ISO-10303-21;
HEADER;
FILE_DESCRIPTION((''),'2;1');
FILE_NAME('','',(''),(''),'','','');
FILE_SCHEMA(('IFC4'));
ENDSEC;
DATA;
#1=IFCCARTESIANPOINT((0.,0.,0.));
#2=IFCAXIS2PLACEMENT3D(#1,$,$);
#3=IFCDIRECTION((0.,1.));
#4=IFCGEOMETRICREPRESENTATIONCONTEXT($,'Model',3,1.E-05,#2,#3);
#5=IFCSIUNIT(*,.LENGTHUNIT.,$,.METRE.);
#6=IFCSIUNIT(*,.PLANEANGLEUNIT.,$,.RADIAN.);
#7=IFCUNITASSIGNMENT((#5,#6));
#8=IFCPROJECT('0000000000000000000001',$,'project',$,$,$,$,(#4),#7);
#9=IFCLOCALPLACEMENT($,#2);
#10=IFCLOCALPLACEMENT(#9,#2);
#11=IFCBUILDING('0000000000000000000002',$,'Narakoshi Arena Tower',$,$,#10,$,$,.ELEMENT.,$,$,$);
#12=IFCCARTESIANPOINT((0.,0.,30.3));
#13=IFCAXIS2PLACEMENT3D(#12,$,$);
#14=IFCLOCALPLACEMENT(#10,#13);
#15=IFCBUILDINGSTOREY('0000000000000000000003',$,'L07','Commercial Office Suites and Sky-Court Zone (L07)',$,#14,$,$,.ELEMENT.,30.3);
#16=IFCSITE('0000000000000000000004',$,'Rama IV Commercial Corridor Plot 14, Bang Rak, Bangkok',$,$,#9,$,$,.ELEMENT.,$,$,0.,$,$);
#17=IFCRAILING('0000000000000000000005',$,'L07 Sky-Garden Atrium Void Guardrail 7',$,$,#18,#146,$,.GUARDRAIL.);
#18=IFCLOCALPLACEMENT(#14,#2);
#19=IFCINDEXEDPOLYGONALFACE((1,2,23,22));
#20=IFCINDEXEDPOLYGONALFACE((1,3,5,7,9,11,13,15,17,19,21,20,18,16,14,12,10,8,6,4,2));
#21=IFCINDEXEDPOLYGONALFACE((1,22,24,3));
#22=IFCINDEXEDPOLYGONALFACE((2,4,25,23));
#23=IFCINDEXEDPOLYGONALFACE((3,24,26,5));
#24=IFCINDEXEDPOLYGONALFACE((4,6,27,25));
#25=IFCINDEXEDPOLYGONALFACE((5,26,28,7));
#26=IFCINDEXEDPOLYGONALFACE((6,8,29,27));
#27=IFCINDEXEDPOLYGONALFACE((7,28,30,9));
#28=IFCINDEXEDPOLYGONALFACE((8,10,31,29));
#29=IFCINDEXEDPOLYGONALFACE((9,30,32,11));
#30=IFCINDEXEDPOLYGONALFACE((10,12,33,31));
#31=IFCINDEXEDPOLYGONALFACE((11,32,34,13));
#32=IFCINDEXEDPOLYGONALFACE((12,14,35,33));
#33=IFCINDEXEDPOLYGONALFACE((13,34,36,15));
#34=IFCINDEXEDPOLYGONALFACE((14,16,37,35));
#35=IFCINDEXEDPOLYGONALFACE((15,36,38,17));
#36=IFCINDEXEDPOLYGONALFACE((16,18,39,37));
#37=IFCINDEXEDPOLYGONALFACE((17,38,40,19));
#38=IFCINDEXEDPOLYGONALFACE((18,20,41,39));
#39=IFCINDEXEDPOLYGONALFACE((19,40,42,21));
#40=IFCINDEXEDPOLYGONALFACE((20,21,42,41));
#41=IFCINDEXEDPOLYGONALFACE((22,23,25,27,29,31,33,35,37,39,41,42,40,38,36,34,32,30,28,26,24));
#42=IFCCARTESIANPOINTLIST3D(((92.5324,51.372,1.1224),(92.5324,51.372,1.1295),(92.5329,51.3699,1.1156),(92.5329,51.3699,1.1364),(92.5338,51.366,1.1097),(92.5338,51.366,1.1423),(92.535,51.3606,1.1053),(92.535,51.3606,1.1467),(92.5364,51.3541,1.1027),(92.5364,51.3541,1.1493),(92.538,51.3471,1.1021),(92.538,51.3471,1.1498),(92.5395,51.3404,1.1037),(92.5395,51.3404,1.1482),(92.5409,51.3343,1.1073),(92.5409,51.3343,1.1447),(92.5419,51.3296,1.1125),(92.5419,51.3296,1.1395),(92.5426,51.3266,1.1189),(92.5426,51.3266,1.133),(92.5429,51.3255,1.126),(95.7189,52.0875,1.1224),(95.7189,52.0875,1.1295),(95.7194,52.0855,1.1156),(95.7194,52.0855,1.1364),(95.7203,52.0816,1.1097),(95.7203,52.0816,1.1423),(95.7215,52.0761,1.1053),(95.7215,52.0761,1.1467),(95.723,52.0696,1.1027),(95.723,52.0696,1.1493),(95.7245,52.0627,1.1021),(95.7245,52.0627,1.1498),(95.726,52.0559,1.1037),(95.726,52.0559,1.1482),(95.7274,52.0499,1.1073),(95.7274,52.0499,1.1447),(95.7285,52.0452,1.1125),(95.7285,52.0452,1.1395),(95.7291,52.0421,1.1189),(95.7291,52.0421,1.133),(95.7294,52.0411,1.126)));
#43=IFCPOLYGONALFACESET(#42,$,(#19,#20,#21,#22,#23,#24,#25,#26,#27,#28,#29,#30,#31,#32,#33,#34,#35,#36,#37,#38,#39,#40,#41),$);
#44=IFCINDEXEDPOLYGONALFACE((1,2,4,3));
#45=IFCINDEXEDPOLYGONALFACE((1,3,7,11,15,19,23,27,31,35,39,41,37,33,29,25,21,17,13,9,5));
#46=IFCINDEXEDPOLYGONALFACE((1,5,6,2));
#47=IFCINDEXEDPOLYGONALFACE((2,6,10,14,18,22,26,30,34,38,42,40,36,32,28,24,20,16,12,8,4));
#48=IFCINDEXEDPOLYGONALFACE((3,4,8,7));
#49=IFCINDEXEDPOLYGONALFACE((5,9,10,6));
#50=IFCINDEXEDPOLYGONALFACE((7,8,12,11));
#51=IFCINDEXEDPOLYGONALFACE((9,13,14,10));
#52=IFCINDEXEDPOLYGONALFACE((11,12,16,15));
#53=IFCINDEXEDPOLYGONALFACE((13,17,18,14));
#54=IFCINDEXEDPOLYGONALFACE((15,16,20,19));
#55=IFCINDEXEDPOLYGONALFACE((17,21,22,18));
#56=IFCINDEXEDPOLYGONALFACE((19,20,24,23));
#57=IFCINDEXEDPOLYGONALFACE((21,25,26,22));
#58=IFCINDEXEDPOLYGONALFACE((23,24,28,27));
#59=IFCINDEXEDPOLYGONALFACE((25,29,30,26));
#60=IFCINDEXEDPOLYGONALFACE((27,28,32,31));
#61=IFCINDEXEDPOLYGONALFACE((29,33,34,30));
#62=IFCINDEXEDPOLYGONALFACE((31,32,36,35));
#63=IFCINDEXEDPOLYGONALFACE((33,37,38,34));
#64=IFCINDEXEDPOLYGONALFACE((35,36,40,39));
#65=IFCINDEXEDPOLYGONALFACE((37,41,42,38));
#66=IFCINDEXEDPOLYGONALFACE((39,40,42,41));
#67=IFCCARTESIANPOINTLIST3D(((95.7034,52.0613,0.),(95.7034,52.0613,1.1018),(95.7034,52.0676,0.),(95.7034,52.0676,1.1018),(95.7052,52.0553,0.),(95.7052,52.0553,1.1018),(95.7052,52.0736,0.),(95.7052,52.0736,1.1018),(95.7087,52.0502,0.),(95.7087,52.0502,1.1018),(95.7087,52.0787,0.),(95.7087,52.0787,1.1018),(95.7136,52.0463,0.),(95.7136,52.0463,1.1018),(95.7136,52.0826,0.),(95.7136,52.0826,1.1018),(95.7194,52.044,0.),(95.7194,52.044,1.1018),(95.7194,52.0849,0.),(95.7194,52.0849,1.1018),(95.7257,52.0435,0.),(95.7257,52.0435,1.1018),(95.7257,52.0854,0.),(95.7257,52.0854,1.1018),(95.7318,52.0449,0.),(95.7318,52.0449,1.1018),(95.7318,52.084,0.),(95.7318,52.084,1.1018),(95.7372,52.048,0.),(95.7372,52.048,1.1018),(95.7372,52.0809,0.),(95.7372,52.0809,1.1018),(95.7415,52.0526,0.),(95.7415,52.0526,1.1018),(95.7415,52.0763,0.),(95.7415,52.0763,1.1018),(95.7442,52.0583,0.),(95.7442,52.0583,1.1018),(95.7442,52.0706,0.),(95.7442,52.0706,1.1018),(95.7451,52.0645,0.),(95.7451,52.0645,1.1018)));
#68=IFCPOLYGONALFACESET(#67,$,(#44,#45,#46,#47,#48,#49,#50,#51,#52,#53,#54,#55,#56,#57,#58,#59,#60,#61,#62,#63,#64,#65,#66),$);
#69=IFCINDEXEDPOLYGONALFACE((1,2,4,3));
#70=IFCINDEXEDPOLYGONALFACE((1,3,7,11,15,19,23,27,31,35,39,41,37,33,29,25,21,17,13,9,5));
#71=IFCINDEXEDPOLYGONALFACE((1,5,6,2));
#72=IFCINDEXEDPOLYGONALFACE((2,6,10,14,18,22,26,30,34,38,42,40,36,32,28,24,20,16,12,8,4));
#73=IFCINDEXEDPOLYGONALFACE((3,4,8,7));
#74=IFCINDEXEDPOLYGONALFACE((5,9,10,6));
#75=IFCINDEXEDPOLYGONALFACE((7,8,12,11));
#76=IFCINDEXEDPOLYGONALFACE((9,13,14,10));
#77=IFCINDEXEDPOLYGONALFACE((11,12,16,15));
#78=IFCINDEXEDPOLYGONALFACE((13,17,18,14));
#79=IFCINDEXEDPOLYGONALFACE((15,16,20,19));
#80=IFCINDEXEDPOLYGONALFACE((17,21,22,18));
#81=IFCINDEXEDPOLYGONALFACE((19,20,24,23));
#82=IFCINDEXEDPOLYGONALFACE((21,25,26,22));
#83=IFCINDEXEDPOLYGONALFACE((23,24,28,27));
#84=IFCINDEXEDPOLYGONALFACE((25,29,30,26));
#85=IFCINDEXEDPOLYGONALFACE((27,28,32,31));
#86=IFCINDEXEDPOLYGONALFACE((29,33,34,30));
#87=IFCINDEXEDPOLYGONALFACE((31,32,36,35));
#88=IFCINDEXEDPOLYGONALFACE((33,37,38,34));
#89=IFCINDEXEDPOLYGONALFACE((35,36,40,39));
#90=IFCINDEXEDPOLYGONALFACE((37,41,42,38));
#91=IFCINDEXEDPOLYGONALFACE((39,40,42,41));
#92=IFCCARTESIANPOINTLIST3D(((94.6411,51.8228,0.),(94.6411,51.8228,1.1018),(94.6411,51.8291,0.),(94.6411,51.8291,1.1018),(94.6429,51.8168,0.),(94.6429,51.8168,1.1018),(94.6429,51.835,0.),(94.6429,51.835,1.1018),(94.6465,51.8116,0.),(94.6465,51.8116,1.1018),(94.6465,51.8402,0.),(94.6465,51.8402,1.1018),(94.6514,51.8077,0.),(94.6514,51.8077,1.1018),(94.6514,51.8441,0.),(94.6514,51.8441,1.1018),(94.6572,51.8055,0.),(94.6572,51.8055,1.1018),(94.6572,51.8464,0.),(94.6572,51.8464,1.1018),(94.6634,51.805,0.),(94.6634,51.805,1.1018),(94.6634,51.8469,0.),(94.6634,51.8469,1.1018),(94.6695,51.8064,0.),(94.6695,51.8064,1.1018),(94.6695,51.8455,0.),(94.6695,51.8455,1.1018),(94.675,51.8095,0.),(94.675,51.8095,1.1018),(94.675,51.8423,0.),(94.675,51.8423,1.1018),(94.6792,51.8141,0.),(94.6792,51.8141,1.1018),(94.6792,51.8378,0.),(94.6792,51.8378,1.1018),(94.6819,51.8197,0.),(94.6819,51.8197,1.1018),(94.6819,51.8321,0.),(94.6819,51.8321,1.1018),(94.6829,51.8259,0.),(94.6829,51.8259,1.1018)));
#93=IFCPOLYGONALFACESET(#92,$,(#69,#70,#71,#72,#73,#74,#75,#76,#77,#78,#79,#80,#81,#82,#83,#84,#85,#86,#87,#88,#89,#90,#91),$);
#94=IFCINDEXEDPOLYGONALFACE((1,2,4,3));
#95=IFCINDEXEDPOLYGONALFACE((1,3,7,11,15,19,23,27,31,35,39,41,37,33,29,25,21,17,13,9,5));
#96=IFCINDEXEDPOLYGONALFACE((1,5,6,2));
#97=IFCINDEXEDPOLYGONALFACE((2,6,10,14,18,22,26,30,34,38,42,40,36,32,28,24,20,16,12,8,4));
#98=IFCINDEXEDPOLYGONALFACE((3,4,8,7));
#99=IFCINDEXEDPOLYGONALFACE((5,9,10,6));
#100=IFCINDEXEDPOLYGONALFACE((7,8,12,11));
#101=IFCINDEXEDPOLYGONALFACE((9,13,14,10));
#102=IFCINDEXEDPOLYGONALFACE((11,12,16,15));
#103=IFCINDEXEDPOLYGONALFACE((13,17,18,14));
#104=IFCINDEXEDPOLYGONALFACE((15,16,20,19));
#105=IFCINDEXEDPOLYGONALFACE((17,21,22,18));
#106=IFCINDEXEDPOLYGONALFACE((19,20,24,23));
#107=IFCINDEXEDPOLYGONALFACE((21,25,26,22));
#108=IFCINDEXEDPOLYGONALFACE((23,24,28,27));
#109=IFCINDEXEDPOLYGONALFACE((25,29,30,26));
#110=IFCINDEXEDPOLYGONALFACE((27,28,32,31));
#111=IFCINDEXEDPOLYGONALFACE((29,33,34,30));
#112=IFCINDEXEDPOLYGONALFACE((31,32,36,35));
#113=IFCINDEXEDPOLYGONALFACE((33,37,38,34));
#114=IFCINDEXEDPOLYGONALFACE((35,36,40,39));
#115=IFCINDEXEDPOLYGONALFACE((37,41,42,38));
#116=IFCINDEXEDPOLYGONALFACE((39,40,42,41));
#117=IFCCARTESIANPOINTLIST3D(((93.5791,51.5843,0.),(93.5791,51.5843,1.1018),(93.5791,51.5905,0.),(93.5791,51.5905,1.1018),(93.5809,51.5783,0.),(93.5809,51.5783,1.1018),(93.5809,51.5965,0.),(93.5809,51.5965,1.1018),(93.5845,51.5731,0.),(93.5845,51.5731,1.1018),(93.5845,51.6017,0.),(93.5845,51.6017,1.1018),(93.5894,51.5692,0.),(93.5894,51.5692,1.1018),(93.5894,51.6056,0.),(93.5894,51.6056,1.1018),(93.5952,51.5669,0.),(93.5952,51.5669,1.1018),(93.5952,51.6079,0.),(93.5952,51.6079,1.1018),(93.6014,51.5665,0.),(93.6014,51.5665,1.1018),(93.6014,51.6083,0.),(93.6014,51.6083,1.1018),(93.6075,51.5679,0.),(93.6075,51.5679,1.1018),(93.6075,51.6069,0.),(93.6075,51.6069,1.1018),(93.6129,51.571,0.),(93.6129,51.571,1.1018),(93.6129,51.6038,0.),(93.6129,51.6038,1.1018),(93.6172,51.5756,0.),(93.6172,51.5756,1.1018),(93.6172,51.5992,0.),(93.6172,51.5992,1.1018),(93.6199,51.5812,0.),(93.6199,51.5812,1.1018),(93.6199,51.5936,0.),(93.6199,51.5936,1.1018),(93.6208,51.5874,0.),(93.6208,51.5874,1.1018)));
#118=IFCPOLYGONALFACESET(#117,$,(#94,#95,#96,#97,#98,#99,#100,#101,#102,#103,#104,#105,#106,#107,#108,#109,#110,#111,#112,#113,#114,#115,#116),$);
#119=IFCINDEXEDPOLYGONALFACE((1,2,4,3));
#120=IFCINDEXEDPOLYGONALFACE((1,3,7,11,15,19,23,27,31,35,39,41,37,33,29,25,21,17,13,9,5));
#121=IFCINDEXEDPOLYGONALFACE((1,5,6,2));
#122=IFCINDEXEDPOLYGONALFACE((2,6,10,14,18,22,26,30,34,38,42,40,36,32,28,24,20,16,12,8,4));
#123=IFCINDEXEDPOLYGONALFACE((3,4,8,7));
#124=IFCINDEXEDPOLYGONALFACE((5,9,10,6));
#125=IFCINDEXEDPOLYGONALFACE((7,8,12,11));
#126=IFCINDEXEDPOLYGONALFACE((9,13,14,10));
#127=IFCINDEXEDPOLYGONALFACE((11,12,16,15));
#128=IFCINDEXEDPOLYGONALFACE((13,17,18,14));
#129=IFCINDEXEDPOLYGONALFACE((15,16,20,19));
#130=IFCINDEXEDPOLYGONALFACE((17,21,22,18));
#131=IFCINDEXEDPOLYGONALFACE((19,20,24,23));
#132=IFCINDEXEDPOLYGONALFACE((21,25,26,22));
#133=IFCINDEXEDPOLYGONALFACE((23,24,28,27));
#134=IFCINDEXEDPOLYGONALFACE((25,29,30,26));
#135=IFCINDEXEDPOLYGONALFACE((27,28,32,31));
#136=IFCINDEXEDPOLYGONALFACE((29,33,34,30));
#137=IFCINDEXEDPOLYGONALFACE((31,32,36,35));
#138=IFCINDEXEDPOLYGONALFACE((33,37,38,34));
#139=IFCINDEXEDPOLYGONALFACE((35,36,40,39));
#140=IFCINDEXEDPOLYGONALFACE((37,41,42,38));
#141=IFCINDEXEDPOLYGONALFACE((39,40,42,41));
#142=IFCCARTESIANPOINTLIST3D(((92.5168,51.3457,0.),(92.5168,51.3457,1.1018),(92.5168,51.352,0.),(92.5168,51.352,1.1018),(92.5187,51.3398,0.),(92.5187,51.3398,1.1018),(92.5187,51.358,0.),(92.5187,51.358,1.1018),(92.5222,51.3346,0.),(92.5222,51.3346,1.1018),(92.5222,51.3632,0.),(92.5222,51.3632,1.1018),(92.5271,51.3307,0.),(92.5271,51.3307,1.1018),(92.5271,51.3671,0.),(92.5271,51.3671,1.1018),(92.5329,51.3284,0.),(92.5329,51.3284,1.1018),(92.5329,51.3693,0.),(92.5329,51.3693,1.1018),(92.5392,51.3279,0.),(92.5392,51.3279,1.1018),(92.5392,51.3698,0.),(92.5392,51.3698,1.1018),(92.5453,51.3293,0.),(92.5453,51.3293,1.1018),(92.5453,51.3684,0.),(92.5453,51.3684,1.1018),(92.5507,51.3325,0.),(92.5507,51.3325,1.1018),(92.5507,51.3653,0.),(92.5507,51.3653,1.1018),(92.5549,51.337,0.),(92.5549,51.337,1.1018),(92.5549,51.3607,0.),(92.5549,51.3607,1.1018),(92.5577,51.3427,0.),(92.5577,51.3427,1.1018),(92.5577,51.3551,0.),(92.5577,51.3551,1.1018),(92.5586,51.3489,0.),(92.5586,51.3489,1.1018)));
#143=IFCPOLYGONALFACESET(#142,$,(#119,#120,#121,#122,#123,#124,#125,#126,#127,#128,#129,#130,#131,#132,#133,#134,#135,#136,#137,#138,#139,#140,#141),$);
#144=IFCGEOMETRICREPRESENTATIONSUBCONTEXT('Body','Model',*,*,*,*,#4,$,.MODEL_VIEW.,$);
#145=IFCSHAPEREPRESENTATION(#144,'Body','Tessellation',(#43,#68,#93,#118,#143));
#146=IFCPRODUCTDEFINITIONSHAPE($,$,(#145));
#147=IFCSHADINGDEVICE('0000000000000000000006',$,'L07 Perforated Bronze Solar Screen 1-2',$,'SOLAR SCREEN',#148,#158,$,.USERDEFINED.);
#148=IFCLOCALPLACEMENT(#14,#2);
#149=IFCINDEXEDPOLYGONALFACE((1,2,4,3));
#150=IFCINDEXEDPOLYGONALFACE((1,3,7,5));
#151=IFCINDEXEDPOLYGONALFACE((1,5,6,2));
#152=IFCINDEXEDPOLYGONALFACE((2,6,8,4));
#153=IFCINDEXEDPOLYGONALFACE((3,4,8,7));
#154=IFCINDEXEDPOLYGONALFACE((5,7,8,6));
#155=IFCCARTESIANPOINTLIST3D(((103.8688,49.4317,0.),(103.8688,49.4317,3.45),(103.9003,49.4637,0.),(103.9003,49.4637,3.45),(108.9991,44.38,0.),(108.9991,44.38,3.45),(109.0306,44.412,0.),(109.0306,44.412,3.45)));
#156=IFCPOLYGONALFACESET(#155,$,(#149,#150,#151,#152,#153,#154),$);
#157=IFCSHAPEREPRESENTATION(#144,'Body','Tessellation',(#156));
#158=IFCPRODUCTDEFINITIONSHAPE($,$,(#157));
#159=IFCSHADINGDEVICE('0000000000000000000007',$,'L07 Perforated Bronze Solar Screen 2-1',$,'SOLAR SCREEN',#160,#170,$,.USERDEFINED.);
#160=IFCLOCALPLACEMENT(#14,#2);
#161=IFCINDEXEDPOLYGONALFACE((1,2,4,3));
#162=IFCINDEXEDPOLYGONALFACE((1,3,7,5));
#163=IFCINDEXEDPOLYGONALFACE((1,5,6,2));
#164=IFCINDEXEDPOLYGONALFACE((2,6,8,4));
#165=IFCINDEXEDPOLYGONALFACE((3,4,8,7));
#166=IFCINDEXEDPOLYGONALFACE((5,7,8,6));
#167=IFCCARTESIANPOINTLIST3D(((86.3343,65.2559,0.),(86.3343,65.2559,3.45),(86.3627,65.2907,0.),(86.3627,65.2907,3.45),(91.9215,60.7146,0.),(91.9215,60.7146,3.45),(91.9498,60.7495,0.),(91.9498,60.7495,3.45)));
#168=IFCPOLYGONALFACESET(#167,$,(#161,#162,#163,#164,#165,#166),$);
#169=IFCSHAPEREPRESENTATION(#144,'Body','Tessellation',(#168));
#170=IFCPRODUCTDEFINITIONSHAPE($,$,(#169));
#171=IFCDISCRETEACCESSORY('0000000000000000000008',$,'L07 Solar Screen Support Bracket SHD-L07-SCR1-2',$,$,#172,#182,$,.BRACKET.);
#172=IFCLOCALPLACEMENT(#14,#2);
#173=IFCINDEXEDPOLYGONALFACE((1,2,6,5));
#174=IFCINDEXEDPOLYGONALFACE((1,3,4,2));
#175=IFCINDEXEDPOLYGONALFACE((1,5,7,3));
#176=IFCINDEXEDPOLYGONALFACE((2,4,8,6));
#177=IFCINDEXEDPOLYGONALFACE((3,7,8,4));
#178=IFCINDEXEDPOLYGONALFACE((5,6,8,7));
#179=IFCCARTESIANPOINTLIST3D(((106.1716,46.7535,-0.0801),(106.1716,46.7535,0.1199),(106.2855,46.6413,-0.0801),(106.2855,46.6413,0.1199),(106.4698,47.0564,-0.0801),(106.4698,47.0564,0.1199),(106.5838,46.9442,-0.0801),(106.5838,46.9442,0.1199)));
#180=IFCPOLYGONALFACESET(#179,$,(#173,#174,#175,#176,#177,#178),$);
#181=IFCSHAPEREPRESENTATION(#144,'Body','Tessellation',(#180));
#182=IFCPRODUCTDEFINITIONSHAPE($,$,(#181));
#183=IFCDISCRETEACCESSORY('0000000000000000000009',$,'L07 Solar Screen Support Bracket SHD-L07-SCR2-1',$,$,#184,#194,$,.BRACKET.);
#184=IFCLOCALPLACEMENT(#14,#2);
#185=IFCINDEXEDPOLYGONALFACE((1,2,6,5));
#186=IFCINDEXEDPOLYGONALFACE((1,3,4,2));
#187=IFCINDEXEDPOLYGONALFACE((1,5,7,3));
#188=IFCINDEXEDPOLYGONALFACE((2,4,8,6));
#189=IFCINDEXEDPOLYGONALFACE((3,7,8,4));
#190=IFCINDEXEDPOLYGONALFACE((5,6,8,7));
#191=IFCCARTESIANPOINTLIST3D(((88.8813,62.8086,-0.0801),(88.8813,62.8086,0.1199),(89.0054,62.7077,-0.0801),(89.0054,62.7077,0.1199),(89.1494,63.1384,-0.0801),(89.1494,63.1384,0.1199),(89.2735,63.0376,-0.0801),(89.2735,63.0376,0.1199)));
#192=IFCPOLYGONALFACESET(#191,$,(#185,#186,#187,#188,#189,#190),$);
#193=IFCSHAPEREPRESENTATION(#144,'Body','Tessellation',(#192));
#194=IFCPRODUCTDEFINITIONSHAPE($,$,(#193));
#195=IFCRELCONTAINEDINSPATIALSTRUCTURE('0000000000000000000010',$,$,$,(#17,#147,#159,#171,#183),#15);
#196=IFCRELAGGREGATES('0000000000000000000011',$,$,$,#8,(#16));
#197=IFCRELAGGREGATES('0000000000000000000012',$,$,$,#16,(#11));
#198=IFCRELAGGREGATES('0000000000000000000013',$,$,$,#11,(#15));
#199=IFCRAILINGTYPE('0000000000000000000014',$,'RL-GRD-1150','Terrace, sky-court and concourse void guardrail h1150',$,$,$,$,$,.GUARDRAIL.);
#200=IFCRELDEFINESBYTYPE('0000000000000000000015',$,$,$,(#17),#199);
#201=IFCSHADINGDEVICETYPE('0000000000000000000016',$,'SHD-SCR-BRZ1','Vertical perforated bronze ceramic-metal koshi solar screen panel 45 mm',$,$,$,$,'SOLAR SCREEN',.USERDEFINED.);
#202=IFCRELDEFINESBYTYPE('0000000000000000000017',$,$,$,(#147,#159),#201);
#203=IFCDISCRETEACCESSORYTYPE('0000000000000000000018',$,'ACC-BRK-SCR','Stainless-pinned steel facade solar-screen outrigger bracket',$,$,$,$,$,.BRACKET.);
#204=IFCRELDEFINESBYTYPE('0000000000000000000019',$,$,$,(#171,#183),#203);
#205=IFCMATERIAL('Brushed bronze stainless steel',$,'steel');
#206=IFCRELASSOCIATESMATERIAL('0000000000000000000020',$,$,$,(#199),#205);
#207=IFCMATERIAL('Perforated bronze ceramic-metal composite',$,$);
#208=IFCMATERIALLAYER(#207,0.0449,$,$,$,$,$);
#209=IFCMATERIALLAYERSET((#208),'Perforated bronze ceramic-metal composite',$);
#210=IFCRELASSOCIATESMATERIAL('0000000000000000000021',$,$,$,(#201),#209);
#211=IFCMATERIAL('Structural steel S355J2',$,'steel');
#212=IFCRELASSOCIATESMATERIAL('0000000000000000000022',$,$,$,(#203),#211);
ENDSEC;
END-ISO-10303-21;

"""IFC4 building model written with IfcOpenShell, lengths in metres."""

from ifc_helpers import new_model, si_unit, direction, frame, origin, origin_2d, place, context, subcontext, project, spatial, rectangle, circle, extrude, material, layer, layer_set, type_object, element, save


model = new_model("IFC4")

# Units and contexts
model_context = context("Model", 3, precision=1e-05, world=origin(), true_north=direction((0.0, 1.0)))
body_context = subcontext(model_context, "Body", "Model", "MODEL_VIEW")
ifc_project = project(units=[si_unit("LENGTHUNIT", "METRE"), si_unit("PLANEANGLEUNIT", "RADIAN")], contexts=[model_context])

# Site, building, storey
site_placement = place(None, origin())
site = spatial("IfcSite", under=ifc_project, at=site_placement, Name="Rama IV Commercial Corridor Plot 14, Bang Rak, Bangkok", CompositionType="ELEMENT", RefElevation=0.0)
building_placement = place(site_placement, origin())
building = spatial("IfcBuilding", under=site, at=building_placement, Name="Narakoshi Arena Tower", CompositionType="ELEMENT")
storey_placement = place(building_placement, frame((0.0, 0.0, 30.3)))
storey = spatial("IfcBuildingStorey", under=building, at=storey_placement, Name="L07", Description="Commercial Office Suites and Sky-Court Zone (L07)", CompositionType="ELEMENT", Elevation=30.3)

# Shared definitions
ifc_material_1 = material(Name="Structural steel S355J2", Category="steel")

# Railing
ifc_material_2 = material(Name="Brushed bronze stainless steel", Category="steel")
railing_type = type_object("IfcRailingType", Name="RL-GRD-1150", Description="Terrace, sky-court and concourse void guardrail h1150", PredefinedType="GUARDRAIL", material=ifc_material_2)
railing_1_placement = place(storey_placement, frame((95.7241, 52.0645, 0.0)))
element("IfcRailing", 1, at=railing_1_placement, inside=storey, type_object=railing_type, Name="L07 Sky-Garden Atrium Void Guardrail 7", PredefinedType="GUARDRAIL", context=body_context, shape_type="SweptSolid", body=[
    extrude(circle(Radius=0.0239, at=origin_2d()), frame((0.0, 0.0, 1.126), z_axis=(-0.975701, -0.219107, 0.0), x_axis=(0.219107, -0.975701, 0.0)), (0.0, 0.0, 1.0), 3.2659),
    extrude(circle(Radius=0.021, at=origin_2d()), origin(), (0.0, 0.0, 1.0), 1.1018),
    extrude(circle(Radius=0.021, at=origin_2d()), frame((-1.0623, -0.2385, 0.0)), (0.0, 0.0, 1.0), 1.1018),
    extrude(circle(Radius=0.021, at=origin_2d()), frame((-2.1243, -0.4771, 0.0)), (0.0, 0.0, 1.0), 1.1018),
    extrude(circle(Radius=0.021, at=origin_2d()), frame((-3.1865, -0.7156, 0.0)), (0.0, 0.0, 1.0), 1.1018),
])

# Shading devices
ifc_material_3 = material(Name="Perforated bronze ceramic-metal composite")
ifc_layer_1 = layer(ifc_material_3, 0.0449)
ifc_layer_set_1 = layer_set([ifc_layer_1], Name="Perforated bronze ceramic-metal composite")
shading_device_type = type_object("IfcShadingDeviceType", Name="SHD-SCR-BRZ1", Description="Vertical perforated bronze ceramic-metal koshi solar screen panel 45 mm", ElementType="SOLAR SCREEN", PredefinedType="USERDEFINED", material=ifc_layer_set_1)
for number, where, z_axis, x_axis, name in (
    (2, (106.4497, 46.9219, 0.0), (0.0, 0.0, 1.0), (-0.712541, 0.701631, 0.0), "L07 Perforated Bronze Solar Screen 1-2"),
    (3, (89.1421, 63.0027, 0.0), (0.0, 0.0, 1.0), (-0.776002, 0.63073, 0.0), "L07 Perforated Bronze Solar Screen 2-1"),
):
    element("IfcShadingDevice", number, at=place(storey_placement, frame(where, z_axis=z_axis, x_axis=x_axis)), inside=storey, type_object=shading_device_type, Name=name, ObjectType="SOLAR SCREEN", PredefinedType="USERDEFINED", context=body_context, shape_type="SweptSolid", body=[
        extrude(rectangle(XDim=7.2, YDim=0.0449, at=origin_2d()), origin(), (0.0, 0.0, 1.0), 3.45),
    ])

# Discrete accessories
discrete_accessory_type = type_object("IfcDiscreteAccessoryType", Name="ACC-BRK-SCR", Description="Stainless-pinned steel facade solar-screen outrigger bracket", PredefinedType="BRACKET", material=ifc_material_1)
for number, where, z_axis, x_axis, name in (
    (4, (106.3777, 46.8489, -0.0801), (0.0, 0.0, 1.0), (-0.712541, 0.701631, 0.0), "L07 Solar Screen Support Bracket SHD-L07-SCR1-2"),
    (5, (89.0774, 62.9231, -0.0801), (0.0, 0.0, 1.0), (-0.776002, 0.63073, 0.0), "L07 Solar Screen Support Bracket SHD-L07-SCR2-1"),
):
    element("IfcDiscreteAccessory", number, at=place(storey_placement, frame(where, z_axis=z_axis, x_axis=x_axis)), inside=storey, type_object=discrete_accessory_type, Name=name, PredefinedType="BRACKET", context=body_context, shape_type="SweptSolid", body=[
        extrude(rectangle(XDim=0.1599, YDim=0.425, at=origin_2d()), origin(), (0.0, 0.0, 1.0), 0.2),
    ])

save(model, "model.ifc")
